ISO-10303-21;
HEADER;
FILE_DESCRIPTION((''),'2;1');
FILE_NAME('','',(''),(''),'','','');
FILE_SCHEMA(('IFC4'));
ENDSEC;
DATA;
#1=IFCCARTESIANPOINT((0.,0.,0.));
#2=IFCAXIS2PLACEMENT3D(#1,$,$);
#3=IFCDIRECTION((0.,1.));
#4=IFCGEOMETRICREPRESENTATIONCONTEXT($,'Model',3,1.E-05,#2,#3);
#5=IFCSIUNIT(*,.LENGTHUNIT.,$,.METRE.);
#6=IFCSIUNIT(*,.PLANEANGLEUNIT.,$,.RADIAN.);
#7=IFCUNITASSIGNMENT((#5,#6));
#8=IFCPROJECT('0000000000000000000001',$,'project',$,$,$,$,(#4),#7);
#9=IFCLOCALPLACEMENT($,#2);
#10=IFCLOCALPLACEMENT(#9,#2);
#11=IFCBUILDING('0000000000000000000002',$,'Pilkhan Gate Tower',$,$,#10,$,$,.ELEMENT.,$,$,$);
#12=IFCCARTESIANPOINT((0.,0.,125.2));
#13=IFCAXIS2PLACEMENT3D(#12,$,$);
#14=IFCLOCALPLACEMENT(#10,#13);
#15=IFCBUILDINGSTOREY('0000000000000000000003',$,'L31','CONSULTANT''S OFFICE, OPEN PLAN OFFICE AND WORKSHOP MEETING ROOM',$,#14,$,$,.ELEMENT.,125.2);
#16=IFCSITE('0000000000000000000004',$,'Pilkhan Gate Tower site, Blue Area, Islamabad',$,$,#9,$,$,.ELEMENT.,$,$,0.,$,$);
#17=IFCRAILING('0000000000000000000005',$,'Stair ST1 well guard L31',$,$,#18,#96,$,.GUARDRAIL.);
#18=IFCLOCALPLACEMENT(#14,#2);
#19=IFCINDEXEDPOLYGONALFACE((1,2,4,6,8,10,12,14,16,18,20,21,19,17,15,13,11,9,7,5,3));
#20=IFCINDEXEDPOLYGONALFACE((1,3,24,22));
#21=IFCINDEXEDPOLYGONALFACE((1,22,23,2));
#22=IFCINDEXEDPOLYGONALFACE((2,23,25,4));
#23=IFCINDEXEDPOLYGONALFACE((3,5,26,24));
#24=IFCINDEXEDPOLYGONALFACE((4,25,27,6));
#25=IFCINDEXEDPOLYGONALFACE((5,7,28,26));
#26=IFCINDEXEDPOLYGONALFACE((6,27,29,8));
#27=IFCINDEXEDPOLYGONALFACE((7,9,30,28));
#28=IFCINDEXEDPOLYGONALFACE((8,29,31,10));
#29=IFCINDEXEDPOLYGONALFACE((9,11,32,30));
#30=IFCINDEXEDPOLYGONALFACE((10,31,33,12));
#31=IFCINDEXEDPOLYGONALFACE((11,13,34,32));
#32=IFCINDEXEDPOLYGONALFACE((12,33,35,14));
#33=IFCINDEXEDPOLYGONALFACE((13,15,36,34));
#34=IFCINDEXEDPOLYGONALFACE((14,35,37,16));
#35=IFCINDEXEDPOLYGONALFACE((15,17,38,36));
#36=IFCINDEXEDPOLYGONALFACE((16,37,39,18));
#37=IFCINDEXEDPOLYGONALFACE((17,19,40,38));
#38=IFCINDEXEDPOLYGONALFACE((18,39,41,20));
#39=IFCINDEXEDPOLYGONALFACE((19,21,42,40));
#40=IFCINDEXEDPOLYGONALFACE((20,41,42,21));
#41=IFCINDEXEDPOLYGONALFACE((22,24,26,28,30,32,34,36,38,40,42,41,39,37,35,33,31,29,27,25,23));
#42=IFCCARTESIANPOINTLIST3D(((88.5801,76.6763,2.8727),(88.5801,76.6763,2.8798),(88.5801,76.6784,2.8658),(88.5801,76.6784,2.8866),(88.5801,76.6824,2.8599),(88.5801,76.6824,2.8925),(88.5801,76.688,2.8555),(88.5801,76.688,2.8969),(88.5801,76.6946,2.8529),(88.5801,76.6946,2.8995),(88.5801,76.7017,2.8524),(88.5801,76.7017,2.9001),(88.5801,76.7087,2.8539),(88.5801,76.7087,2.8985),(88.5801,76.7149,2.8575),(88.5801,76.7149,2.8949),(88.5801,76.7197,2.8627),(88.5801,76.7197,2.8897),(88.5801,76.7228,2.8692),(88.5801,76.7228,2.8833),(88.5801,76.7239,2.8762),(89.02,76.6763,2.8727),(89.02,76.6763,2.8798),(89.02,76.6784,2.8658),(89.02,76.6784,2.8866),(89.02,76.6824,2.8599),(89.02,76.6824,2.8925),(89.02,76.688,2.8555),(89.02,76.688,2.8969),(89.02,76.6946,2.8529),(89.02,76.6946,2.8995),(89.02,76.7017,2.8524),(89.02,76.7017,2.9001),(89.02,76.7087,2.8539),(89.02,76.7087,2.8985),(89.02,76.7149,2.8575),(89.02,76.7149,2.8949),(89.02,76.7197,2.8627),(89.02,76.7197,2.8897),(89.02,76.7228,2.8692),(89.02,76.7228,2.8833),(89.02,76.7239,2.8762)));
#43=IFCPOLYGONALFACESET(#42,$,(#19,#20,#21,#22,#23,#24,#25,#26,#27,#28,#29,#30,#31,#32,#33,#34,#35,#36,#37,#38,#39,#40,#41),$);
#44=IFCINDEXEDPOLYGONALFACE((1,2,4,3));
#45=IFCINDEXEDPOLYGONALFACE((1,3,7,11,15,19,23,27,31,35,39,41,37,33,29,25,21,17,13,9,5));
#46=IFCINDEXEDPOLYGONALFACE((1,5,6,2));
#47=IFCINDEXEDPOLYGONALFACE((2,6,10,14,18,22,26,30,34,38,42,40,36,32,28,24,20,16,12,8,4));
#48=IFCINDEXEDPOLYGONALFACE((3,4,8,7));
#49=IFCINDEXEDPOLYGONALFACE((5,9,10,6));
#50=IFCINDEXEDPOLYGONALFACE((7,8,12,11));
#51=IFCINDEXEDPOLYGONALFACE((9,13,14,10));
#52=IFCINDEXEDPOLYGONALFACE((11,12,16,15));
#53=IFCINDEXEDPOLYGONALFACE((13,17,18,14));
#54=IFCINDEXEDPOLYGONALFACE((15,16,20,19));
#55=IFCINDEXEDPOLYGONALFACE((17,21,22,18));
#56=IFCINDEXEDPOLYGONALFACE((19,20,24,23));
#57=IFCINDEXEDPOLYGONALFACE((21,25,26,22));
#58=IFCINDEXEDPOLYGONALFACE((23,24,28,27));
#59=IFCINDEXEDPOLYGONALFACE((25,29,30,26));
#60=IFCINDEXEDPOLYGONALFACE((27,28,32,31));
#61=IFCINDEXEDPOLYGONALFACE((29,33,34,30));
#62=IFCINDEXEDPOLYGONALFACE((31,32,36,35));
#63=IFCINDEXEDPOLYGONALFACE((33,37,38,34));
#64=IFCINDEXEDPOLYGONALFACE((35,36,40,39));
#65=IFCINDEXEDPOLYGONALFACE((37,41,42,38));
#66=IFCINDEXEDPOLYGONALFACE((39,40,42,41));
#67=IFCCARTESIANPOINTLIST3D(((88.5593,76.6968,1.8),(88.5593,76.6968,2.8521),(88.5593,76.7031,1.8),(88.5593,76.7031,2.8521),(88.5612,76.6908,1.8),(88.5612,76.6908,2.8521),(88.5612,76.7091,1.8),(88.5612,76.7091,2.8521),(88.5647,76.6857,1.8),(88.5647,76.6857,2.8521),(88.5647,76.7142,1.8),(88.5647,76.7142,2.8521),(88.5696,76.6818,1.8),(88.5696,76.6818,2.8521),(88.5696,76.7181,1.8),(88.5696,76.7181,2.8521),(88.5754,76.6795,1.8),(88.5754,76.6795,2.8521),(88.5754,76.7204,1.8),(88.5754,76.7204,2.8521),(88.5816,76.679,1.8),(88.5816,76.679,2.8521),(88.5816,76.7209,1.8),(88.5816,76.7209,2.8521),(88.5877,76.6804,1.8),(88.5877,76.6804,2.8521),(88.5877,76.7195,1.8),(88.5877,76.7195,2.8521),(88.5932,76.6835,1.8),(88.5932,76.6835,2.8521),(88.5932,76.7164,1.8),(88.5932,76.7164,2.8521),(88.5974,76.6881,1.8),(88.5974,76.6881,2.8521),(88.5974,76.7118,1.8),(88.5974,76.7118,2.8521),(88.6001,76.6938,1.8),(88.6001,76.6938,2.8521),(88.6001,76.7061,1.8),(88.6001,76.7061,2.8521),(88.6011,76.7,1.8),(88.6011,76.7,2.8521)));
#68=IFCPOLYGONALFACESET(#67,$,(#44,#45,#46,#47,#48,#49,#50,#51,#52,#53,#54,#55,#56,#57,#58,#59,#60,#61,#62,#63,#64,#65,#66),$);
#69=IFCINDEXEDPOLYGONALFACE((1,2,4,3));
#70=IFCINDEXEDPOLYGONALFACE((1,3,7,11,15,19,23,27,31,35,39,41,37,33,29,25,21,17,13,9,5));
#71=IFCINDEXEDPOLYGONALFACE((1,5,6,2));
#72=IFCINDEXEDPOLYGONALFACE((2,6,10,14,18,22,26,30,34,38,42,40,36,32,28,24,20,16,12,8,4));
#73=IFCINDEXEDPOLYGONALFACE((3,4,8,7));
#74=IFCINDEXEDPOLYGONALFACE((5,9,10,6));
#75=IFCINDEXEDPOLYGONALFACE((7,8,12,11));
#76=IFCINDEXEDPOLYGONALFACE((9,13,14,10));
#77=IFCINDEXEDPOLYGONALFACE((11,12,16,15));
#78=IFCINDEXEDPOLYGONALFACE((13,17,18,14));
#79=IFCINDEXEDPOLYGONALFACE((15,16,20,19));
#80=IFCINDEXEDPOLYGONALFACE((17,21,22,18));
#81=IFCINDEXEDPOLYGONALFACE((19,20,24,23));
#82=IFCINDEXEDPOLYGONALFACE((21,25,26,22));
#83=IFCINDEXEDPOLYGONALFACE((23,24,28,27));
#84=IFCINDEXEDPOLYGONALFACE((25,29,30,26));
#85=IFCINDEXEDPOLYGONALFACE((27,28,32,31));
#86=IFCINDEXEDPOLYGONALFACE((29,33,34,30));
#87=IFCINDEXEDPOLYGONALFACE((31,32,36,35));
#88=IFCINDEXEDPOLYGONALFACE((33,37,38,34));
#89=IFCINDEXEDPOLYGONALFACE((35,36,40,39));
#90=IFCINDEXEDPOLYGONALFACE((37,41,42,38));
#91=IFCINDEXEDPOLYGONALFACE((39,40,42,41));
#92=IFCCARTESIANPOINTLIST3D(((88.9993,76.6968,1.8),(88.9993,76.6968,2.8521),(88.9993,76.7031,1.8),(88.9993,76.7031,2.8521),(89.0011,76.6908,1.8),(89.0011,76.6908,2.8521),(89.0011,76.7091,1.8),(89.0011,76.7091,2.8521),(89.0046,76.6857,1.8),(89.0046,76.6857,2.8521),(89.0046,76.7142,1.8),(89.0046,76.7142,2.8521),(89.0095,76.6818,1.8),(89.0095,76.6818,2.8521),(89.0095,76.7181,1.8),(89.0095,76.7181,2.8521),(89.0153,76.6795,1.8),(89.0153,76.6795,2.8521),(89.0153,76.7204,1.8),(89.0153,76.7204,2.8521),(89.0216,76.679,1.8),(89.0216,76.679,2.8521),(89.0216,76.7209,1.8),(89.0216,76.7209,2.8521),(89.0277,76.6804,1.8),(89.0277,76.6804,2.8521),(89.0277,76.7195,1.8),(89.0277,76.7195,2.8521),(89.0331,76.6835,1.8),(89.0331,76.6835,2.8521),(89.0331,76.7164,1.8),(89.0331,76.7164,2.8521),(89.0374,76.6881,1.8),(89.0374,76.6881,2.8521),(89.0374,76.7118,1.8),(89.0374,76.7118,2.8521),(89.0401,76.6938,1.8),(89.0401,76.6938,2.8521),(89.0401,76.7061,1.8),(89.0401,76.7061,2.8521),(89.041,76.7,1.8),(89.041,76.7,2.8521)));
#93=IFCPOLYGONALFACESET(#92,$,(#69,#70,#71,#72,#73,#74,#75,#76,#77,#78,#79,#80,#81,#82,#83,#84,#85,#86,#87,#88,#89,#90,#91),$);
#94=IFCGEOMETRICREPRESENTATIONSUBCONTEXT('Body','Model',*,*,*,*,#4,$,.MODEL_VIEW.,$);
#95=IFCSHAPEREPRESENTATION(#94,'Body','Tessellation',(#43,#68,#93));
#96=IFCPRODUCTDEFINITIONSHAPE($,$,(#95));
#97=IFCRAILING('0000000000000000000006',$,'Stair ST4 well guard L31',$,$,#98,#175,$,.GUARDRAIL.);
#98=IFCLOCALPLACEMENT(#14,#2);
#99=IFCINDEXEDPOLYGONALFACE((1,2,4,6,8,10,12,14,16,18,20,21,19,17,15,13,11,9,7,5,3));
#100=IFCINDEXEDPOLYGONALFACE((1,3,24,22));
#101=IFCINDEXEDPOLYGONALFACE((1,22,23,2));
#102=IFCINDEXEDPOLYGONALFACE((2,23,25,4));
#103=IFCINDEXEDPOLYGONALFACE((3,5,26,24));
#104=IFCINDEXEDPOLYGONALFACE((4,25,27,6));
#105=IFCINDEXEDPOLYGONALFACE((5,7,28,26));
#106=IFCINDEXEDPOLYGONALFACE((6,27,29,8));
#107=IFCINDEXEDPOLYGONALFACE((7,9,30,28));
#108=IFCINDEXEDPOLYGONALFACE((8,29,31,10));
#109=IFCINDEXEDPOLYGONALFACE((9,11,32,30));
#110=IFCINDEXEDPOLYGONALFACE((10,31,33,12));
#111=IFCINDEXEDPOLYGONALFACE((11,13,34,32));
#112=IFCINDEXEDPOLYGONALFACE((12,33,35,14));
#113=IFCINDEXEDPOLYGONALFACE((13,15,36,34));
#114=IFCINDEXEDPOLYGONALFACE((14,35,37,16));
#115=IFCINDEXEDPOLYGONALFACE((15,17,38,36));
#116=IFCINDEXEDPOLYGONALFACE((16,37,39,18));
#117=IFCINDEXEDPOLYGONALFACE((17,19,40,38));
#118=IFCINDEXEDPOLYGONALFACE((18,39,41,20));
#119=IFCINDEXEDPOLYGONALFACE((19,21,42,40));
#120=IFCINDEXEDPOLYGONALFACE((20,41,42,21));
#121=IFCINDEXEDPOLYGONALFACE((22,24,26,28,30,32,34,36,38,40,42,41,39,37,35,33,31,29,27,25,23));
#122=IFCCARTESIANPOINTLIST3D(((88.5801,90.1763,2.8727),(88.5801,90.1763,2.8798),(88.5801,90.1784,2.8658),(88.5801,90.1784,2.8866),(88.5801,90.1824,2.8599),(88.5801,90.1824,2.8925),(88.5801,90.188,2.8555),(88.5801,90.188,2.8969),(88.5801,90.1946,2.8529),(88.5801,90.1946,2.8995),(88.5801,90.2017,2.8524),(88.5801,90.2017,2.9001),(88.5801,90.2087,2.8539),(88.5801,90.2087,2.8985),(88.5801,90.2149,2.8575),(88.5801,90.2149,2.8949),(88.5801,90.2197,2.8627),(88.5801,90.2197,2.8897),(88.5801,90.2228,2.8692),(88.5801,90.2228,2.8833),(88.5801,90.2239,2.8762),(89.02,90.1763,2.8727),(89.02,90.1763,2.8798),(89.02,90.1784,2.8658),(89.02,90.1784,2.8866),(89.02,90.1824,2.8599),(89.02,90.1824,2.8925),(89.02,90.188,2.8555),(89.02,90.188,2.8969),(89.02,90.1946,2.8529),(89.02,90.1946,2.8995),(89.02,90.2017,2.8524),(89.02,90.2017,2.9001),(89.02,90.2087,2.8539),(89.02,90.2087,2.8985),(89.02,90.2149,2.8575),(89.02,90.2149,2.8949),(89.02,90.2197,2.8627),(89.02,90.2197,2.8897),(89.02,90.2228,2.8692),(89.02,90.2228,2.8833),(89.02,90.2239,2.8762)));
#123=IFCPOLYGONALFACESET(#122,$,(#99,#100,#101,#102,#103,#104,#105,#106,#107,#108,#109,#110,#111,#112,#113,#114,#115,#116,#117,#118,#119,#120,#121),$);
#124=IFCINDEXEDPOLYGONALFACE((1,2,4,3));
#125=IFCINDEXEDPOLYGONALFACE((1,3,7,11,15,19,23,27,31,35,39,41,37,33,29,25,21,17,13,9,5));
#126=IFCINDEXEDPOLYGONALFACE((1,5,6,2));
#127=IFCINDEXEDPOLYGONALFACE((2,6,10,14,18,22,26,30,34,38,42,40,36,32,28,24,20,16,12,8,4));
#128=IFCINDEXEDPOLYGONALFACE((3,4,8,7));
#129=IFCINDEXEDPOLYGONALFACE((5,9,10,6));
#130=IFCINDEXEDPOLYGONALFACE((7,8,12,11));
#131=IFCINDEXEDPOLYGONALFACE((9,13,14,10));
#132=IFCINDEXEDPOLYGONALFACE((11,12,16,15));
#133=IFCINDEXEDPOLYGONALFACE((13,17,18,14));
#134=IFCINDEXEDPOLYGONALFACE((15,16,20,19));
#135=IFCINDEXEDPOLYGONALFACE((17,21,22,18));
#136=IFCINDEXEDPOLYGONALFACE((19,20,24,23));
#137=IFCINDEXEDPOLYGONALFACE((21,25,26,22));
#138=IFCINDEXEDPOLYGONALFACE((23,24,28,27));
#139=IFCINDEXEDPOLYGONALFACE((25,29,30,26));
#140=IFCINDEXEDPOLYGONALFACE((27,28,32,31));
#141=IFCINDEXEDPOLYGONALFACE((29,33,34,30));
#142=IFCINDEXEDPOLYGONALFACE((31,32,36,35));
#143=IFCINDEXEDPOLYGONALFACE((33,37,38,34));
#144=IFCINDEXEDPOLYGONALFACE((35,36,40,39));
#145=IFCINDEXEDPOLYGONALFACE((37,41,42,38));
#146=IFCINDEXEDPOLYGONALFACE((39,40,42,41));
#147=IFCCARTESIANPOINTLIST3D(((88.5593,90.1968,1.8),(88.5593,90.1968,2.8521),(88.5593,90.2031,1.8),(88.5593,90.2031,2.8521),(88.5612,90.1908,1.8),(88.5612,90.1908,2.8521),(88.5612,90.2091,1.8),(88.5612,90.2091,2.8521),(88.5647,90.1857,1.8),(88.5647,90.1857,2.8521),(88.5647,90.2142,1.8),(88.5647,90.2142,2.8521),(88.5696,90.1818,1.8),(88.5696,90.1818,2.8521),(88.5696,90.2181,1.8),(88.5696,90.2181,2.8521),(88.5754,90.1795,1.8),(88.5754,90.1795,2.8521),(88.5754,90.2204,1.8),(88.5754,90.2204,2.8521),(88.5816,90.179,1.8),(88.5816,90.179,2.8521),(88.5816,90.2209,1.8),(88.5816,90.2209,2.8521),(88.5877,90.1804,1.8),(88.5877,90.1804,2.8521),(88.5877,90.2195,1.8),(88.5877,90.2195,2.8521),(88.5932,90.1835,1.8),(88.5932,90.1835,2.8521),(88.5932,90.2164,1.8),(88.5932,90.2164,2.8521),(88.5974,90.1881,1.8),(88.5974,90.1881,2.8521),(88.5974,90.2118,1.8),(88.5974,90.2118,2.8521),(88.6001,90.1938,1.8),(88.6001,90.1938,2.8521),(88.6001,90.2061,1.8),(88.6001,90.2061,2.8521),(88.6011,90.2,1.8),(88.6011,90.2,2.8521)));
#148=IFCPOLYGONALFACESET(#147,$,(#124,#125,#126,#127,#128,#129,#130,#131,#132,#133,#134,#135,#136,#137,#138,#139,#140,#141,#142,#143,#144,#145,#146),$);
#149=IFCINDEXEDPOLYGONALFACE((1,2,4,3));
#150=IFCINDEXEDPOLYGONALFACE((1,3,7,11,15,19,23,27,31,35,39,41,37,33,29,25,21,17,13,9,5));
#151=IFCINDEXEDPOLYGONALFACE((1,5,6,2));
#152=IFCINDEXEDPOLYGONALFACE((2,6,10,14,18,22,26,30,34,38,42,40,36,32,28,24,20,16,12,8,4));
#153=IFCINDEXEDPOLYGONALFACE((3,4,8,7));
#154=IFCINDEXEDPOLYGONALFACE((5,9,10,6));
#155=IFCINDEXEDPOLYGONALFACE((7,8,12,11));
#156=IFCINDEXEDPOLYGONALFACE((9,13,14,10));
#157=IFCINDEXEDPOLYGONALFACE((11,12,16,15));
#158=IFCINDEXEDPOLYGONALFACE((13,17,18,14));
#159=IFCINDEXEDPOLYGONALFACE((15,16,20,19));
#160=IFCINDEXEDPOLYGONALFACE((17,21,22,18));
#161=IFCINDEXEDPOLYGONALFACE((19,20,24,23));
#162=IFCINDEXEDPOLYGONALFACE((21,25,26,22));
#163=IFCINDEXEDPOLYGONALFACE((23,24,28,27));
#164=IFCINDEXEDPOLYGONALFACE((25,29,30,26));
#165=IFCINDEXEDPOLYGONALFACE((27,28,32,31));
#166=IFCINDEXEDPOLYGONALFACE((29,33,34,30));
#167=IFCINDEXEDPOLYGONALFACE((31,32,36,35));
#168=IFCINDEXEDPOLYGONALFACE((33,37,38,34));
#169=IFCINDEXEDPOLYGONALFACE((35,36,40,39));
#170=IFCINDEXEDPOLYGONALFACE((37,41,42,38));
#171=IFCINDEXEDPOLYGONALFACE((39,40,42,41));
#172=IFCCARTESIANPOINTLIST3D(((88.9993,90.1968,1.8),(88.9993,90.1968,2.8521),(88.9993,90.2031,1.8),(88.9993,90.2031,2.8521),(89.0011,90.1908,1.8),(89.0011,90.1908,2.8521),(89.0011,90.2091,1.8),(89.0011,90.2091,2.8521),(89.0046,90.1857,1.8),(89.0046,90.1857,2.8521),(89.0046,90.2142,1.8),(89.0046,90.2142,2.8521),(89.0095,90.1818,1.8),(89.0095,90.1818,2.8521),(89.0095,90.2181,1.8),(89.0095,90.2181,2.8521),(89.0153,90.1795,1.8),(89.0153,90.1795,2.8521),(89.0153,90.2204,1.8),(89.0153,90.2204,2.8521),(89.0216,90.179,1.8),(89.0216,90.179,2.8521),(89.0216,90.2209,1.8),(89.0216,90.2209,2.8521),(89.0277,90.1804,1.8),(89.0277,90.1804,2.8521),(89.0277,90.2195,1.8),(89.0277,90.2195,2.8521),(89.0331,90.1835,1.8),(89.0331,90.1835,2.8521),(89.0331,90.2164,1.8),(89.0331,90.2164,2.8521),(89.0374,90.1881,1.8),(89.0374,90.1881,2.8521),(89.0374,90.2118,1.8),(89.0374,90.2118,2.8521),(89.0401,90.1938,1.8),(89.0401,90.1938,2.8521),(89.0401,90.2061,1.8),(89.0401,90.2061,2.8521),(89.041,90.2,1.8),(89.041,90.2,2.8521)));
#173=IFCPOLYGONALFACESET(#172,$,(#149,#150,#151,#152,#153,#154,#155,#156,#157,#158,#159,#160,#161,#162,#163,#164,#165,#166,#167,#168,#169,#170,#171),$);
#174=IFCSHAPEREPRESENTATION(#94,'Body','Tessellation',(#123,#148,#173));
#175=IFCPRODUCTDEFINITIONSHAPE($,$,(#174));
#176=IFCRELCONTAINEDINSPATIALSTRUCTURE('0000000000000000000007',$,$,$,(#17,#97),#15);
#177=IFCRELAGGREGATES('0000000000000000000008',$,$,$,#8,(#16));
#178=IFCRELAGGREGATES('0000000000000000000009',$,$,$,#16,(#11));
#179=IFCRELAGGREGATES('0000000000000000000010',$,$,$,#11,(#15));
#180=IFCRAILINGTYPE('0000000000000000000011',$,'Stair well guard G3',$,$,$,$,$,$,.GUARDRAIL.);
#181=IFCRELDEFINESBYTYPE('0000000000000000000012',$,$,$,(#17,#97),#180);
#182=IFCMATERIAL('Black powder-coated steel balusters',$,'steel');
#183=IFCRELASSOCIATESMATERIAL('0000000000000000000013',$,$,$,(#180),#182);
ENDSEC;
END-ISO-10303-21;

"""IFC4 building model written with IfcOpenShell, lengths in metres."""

from ifc_helpers import new_model, si_unit, direction, frame, origin, origin_2d, place, context, subcontext, project, spatial, circle, extrude, material, type_object, element, save


model = new_model("IFC4")

# Units and contexts
model_context = context("Model", 3, precision=1e-05, world=origin(), true_north=direction((0.0, 1.0)))
body_context = subcontext(model_context, "Body", "Model", "MODEL_VIEW")
ifc_project = project(units=[si_unit("LENGTHUNIT", "METRE"), si_unit("PLANEANGLEUNIT", "RADIAN")], contexts=[model_context])

# Site, building, storey
site_placement = place(None, origin())
site = spatial("IfcSite", under=ifc_project, at=site_placement, Name="Pilkhan Gate Tower site, Blue Area, Islamabad", CompositionType="ELEMENT", RefElevation=0.0)
building_placement = place(site_placement, origin())
building = spatial("IfcBuilding", under=site, at=building_placement, Name="Pilkhan Gate Tower", CompositionType="ELEMENT")
storey_placement = place(building_placement, frame((0.0, 0.0, 125.2)))
storey = spatial("IfcBuildingStorey", under=building, at=storey_placement, Name="L31", Description="CONSULTANT'S OFFICE, OPEN PLAN OFFICE AND WORKSHOP MEETING ROOM", CompositionType="ELEMENT", Elevation=125.2)

# Railings
ifc_material_1 = material(Name="Black powder-coated steel balusters", Category="steel")
railing_type_1 = type_object("IfcRailingType", Name="Stair well guard G3", PredefinedType="GUARDRAIL", material=ifc_material_1)
for number, where, name in (
    (1, (88.5801, 76.7, 1.8), "Stair ST1 well guard L31"),
    (2, (88.5801, 90.2, 1.8), "Stair ST4 well guard L31"),
):
    element("IfcRailing", number, at=place(storey_placement, frame(where)), inside=storey, type_object=railing_type_1, Name=name, PredefinedType="GUARDRAIL", context=body_context, shape_type="SweptSolid", body=[
        extrude(circle(Radius=0.0239, at=origin_2d()), frame((0.0, 0.0, 1.0762), z_axis=(1.0, 0.0, 0.0), x_axis=(0.0, 1.0, 0.0)), (0.0, 0.0, 1.0), 0.4399),
        extrude(circle(Radius=0.021, at=origin_2d()), origin(), (0.0, 0.0, 1.0), 1.052),
        extrude(circle(Radius=0.021, at=origin_2d()), frame((0.4399, 0.0, 0.0)), (0.0, 0.0, 1.0), 1.052),
    ])

save(model, "model.ifc")
